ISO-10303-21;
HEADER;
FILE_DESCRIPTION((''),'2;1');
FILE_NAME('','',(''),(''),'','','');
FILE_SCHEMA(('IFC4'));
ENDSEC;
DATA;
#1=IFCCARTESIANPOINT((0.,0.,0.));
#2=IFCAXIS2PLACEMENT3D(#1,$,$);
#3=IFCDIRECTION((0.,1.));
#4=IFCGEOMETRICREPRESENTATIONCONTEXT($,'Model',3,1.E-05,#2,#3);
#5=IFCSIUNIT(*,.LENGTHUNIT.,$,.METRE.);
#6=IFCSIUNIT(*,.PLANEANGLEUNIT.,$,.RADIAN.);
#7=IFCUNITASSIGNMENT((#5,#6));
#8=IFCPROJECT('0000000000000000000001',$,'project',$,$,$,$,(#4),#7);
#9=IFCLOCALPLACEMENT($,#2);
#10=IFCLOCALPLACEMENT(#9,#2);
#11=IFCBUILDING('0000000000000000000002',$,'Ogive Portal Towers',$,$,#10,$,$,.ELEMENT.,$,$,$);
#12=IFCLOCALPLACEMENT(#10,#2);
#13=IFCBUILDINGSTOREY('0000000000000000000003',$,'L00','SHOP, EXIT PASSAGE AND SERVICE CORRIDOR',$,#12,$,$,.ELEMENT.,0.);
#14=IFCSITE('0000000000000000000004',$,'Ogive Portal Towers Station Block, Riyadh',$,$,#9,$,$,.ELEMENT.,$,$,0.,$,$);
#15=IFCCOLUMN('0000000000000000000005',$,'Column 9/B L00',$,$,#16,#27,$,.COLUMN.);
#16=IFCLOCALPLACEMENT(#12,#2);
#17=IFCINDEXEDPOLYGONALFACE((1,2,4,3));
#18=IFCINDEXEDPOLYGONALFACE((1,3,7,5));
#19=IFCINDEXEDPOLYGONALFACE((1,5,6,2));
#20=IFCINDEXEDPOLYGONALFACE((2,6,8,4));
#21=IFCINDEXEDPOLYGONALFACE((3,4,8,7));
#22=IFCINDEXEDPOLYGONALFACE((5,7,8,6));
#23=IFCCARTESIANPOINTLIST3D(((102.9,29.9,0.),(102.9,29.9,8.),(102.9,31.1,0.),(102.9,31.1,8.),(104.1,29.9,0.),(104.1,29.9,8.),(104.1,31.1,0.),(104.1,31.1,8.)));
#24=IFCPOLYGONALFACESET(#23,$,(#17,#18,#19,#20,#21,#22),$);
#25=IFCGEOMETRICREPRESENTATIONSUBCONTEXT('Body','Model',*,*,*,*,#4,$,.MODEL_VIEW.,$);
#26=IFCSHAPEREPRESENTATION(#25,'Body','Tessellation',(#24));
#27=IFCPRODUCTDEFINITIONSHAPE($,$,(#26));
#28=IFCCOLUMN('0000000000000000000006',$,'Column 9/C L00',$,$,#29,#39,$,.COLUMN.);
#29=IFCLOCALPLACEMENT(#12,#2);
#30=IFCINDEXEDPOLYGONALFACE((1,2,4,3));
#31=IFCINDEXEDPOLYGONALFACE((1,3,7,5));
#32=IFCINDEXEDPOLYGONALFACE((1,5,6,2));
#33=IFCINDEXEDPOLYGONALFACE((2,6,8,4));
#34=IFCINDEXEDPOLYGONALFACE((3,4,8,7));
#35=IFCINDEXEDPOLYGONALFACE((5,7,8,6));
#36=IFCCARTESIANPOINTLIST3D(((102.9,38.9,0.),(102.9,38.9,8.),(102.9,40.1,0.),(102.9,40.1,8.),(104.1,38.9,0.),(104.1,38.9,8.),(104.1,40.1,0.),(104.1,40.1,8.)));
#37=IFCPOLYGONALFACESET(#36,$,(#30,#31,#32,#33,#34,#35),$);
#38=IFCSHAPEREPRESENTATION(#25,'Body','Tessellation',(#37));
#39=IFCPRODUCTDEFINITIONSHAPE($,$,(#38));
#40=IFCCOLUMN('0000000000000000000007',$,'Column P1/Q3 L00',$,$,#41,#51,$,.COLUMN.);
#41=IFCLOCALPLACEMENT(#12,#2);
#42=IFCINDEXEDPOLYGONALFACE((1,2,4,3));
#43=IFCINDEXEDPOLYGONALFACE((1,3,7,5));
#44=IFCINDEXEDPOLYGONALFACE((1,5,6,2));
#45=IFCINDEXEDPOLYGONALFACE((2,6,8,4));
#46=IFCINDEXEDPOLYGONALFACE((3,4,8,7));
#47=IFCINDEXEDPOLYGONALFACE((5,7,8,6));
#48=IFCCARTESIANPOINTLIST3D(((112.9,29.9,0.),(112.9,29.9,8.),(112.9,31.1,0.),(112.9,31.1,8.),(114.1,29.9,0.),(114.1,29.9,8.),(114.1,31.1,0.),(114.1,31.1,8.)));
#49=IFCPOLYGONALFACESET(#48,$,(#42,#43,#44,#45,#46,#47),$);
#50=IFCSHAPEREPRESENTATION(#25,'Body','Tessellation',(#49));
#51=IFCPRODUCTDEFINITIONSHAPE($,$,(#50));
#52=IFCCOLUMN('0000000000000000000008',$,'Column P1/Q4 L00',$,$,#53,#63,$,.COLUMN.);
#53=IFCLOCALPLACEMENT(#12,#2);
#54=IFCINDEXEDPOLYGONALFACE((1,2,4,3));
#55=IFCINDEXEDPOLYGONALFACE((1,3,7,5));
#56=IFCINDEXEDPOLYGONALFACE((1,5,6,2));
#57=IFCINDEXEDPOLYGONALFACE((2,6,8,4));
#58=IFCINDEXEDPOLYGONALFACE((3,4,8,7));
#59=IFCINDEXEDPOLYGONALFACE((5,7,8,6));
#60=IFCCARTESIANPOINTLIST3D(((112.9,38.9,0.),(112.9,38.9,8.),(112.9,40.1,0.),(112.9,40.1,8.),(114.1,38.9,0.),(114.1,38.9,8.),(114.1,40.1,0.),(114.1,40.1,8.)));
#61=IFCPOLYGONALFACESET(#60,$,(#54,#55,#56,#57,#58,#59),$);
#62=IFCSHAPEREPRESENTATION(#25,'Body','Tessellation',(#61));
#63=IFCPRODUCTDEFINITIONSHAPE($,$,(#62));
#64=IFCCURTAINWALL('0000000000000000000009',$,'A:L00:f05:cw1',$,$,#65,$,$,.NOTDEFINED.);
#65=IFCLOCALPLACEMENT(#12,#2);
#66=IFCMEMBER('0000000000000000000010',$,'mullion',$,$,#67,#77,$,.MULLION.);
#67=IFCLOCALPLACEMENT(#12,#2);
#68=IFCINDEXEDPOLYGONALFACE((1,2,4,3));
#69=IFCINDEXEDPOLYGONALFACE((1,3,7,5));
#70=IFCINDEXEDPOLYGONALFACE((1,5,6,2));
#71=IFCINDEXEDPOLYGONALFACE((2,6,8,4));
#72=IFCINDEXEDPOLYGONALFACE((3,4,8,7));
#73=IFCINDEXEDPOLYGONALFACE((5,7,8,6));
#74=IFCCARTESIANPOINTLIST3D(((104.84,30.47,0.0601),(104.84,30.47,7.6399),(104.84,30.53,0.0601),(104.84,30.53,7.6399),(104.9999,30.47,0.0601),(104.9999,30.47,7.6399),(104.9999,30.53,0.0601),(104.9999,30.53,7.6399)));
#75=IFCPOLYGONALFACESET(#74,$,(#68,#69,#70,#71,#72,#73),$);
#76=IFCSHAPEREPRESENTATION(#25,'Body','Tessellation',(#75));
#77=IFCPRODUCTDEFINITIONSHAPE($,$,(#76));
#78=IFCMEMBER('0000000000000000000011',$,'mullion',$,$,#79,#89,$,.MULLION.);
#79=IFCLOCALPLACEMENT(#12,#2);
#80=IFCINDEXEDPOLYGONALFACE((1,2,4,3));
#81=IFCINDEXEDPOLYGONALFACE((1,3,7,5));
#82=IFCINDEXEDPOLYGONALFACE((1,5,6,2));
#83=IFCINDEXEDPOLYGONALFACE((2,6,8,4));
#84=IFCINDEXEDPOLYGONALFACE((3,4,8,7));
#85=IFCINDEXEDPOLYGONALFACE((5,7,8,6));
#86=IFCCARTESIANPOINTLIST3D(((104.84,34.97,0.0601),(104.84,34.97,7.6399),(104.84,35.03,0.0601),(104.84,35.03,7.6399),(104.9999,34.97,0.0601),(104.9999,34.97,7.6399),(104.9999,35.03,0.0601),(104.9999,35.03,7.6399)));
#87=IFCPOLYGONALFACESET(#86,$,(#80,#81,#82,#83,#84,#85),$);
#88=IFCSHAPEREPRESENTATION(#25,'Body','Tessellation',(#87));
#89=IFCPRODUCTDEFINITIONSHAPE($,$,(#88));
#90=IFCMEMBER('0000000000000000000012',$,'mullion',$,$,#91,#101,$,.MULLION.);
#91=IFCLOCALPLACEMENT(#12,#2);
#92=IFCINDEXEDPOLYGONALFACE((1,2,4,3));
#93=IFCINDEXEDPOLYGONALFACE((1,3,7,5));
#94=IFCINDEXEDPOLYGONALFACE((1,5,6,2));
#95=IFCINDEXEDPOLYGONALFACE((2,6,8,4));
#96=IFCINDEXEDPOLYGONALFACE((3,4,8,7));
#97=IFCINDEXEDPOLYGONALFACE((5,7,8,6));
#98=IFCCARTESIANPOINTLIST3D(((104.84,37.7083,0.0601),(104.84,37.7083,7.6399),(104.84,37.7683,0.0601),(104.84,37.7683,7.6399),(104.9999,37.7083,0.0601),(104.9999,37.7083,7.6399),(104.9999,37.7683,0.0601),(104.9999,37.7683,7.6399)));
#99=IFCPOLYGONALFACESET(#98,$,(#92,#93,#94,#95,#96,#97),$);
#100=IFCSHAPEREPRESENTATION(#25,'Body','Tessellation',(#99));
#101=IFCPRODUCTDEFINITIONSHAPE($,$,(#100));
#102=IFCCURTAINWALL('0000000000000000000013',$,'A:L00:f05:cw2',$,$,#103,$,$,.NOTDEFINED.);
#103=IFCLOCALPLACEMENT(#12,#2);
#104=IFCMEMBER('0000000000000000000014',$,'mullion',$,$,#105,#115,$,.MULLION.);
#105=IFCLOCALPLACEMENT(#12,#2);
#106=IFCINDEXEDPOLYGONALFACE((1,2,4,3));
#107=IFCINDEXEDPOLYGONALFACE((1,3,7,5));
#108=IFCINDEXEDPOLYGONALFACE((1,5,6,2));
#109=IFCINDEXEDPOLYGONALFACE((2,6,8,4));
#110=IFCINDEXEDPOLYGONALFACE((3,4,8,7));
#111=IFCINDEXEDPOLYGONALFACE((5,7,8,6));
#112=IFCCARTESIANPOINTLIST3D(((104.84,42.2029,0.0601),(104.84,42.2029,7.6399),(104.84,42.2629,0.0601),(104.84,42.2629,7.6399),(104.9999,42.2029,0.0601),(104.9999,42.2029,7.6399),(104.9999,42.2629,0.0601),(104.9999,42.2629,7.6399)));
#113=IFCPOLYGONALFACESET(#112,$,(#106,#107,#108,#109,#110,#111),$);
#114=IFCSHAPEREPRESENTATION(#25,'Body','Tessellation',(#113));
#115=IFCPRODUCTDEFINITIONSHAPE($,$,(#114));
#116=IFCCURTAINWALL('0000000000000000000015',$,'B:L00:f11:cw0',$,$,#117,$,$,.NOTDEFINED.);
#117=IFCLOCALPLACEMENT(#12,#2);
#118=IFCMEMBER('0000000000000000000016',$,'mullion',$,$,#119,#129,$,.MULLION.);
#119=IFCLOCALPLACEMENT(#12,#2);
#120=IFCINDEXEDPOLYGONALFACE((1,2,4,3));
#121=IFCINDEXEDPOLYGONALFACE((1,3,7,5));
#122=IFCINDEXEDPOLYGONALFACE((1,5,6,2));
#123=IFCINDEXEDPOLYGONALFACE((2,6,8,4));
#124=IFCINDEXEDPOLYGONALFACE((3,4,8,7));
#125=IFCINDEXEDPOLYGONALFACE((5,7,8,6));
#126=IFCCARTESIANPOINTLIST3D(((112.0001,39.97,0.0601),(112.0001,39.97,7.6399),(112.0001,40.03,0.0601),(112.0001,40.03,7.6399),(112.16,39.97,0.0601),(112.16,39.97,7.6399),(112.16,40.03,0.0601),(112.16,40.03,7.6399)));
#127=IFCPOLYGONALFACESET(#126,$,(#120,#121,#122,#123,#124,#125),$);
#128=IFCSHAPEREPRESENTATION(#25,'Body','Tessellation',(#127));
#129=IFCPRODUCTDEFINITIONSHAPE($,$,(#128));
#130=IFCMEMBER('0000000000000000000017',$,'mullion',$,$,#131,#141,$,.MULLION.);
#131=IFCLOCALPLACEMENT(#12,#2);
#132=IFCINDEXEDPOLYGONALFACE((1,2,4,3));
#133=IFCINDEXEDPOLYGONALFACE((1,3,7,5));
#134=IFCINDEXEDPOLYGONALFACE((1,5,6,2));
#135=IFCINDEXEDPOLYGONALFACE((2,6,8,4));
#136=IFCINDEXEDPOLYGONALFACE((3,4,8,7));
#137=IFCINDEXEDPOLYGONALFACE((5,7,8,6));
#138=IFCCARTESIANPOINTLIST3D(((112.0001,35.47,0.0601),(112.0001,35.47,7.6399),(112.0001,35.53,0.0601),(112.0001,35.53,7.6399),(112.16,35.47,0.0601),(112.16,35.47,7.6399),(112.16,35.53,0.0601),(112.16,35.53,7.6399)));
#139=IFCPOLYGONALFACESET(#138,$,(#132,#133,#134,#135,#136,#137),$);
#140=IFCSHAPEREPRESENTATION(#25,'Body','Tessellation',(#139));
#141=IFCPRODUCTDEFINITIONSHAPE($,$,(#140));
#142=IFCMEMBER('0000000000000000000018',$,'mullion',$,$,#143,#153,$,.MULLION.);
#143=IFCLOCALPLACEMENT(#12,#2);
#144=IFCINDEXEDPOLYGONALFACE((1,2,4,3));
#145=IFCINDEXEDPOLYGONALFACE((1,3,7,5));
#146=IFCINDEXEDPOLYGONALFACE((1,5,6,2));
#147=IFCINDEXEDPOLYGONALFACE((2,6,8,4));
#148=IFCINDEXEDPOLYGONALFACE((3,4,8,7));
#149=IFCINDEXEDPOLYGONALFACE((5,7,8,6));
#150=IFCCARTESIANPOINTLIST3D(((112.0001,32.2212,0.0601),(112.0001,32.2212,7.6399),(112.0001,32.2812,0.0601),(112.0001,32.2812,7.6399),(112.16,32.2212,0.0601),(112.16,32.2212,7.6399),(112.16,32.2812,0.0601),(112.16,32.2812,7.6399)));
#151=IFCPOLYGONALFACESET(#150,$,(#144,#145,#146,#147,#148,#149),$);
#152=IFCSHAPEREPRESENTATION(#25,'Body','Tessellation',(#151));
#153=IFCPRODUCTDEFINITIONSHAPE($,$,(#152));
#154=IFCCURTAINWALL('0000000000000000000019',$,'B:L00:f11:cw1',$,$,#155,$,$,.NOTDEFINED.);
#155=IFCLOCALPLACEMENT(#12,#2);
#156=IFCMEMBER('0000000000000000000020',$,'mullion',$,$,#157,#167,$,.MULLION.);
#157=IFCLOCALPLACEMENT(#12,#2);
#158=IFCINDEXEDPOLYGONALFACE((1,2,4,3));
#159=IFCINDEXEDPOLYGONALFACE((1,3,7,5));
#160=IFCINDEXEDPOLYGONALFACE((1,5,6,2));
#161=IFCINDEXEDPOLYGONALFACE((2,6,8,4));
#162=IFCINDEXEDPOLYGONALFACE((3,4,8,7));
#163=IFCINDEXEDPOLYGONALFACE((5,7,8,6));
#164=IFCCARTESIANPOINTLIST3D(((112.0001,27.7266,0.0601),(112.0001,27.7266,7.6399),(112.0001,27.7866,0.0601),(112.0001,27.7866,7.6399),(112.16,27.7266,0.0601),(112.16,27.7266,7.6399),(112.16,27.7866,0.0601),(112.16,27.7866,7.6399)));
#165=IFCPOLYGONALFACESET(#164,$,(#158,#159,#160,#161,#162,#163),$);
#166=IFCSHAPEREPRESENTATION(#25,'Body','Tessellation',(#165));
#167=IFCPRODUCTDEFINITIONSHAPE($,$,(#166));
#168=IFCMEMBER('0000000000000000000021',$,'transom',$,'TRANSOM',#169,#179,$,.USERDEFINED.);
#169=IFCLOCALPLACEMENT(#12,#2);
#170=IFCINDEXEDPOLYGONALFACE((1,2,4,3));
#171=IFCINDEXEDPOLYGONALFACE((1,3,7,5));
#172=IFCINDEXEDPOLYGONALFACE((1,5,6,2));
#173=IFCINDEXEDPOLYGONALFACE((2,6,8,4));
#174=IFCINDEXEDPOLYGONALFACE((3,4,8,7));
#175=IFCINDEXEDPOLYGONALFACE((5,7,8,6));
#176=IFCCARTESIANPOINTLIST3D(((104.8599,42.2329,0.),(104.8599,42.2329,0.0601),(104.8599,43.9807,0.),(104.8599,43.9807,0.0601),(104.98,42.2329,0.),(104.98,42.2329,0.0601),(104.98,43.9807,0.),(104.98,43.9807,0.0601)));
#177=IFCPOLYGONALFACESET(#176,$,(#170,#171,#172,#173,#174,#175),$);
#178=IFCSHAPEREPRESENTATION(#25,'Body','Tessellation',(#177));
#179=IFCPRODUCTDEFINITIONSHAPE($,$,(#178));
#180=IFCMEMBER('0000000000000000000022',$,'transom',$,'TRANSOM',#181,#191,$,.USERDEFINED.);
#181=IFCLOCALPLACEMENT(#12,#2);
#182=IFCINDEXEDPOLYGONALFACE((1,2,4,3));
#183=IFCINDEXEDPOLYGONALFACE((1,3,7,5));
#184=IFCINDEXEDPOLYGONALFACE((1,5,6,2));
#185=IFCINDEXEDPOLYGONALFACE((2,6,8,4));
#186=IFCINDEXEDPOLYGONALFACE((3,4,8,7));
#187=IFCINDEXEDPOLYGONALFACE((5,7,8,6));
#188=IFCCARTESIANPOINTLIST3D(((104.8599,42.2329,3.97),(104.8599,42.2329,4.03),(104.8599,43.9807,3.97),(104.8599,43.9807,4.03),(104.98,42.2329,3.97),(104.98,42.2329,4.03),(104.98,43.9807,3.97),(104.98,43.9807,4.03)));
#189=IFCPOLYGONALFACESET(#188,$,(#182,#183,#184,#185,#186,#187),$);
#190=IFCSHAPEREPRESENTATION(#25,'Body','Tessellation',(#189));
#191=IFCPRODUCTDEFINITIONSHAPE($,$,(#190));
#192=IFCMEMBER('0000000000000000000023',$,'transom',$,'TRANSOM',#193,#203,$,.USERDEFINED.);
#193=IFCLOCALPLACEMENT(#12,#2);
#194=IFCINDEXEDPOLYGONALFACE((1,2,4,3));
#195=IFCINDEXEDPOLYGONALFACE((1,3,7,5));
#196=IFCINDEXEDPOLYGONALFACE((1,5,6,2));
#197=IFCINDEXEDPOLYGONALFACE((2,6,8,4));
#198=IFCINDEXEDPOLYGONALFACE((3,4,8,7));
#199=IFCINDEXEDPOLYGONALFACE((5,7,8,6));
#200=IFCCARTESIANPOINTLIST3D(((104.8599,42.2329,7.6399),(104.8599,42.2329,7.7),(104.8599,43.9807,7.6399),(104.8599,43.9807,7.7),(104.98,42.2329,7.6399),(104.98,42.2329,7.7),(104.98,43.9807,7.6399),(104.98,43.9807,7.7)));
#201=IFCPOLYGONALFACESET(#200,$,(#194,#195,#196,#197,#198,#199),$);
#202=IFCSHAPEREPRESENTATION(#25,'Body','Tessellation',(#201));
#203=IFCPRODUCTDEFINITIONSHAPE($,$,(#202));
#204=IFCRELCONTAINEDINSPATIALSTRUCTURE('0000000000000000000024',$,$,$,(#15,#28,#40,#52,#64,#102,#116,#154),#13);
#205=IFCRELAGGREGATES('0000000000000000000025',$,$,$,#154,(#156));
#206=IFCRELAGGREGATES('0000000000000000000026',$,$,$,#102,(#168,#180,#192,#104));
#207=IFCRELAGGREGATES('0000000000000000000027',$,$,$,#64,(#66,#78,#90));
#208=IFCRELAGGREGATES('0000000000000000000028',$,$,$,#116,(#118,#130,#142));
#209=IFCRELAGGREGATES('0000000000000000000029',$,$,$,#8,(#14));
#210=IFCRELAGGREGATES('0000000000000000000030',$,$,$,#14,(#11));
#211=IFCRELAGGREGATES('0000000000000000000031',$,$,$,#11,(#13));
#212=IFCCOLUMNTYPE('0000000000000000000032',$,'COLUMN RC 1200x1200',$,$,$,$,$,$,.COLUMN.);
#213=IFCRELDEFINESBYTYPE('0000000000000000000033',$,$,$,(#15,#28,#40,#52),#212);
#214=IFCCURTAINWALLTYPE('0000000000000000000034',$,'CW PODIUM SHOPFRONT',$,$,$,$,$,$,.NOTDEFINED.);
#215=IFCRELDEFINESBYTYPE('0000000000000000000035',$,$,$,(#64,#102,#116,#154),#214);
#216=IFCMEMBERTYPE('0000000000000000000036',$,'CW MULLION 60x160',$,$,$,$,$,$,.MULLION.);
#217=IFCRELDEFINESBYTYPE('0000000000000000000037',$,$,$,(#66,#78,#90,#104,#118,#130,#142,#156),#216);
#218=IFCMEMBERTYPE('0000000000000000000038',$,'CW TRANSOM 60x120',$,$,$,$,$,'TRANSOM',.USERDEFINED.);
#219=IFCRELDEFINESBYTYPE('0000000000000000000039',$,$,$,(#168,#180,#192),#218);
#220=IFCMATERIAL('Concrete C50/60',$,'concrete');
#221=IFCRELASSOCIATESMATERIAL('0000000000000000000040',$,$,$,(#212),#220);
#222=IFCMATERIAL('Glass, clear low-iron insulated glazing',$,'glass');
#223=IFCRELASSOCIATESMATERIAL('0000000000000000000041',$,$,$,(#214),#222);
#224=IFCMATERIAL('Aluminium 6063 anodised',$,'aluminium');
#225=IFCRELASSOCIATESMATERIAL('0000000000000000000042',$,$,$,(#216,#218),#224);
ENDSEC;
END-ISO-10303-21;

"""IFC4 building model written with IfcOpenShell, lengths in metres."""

from ifc_helpers import new_model, si_unit, direction, frame, origin, origin_2d, place, context, subcontext, project, spatial, rectangle, extrude, material, material_profile, profile_set, type_object, element, aggregate, save


model = new_model("IFC4")

# Units and contexts
model_context = context("Model", 3, precision=1e-05, world=origin(), true_north=direction((0.0, 1.0)))
body_context = subcontext(model_context, "Body", "Model", "MODEL_VIEW")
ifc_project = project(units=[si_unit("LENGTHUNIT", "METRE"), si_unit("PLANEANGLEUNIT", "RADIAN")], contexts=[model_context])

# Site, building, storey
site_placement = place(None, origin())
site = spatial("IfcSite", under=ifc_project, at=site_placement, Name="Ogive Portal Towers Station Block, Riyadh", CompositionType="ELEMENT", RefElevation=0.0)
building_placement = place(site_placement, origin())
building = spatial("IfcBuilding", under=site, at=building_placement, Name="Ogive Portal Towers", CompositionType="ELEMENT")
storey_placement = place(building_placement, origin())
storey = spatial("IfcBuildingStorey", under=building, at=storey_placement, Name="L00", Description="SHOP, EXIT PASSAGE AND SERVICE CORRIDOR", CompositionType="ELEMENT", Elevation=0.0)

# Columns
ifc_material_1 = material(Name="Concrete C50/60", Category="concrete")
ifc_material_profile_1 = material_profile(ifc_material_1, rectangle(XDim=1.2, YDim=1.2, at=origin_2d()), Name="RC 1200x1200")
ifc_profile_set_1 = profile_set([ifc_material_profile_1], Name="Concrete C50/60")
column_type = type_object("IfcColumnType", Name="COLUMN RC 1200x1200", PredefinedType="COLUMN", material=ifc_profile_set_1)
for number, where, z_axis, x_axis, name in (
    (1, (103.5, 30.5, 0.0), (0.0, 0.0, 1.0), (1.0, 0.0, 0.0), "Column 9/B L00"),
    (2, (103.5, 39.5, 0.0), (0.0, 0.0, 1.0), (1.0, 0.0, 0.0), "Column 9/C L00"),
    (3, (113.5, 30.5, 0.0), (0.0, 0.0, 1.0), (1.0, 0.0, 0.0), "Column P1/Q3 L00"),
    (4, (113.5, 39.5, 0.0), (0.0, 0.0, 1.0), (1.0, 0.0, 0.0), "Column P1/Q4 L00"),
):
    element("IfcColumn", number, at=place(storey_placement, frame(where, z_axis=z_axis, x_axis=x_axis)), inside=storey, type_object=column_type, Name=name, PredefinedType="COLUMN", context=body_context, shape_type="SweptSolid", body=[
        extrude(rectangle(XDim=1.2, YDim=1.2, at=origin_2d()), origin(), (0.0, 0.0, 1.0), 8.0),
    ])

# Curtain wall, members
ifc_material_2 = material(Name="Glass, clear low-iron insulated glazing", Category="glass")
curtain_wall_type = type_object("IfcCurtainWallType", Name="CW PODIUM SHOPFRONT", PredefinedType="NOTDEFINED", material=ifc_material_2)
curtain_wall_1_placement = place(storey_placement, origin())
curtain_wall_1 = element("IfcCurtainWall", 5, at=curtain_wall_1_placement, inside=storey, type_object=curtain_wall_type, Name="A:L00:f05:cw1", PredefinedType="NOTDEFINED")
ifc_material_3 = material(Name="Aluminium 6063 anodised", Category="aluminium")
ifc_material_profile_2 = material_profile(ifc_material_3, rectangle(XDim=0.1599, YDim=0.0601, at=origin_2d()), Name="AL 60x160")
ifc_profile_set_2 = profile_set([ifc_material_profile_2], Name="Aluminium 6063 anodised")
member_type_1 = type_object("IfcMemberType", Name="CW MULLION 60x160", PredefinedType="MULLION", material=ifc_profile_set_2)
member_1_placement = place(storey_placement, frame((104.9199, 30.5, 0.0601), z_axis=(0.0, 0.0, 1.0), x_axis=(-1.0, 0.0, 0.0)))
member_1 = element("IfcMember", 6, at=member_1_placement, type_object=member_type_1, Name="mullion", PredefinedType="MULLION", context=body_context, shape_type="SweptSolid", body=[
    extrude(rectangle(XDim=0.1599, YDim=0.0601, at=origin_2d()), origin(), (0.0, 0.0, 1.0), 7.5798),
])
member_2_placement = place(storey_placement, frame((104.9199, 35.0, 0.0601), z_axis=(0.0, 0.0, 1.0), x_axis=(-1.0, 0.0, 0.0)))
member_2 = element("IfcMember", 7, at=member_2_placement, type_object=member_type_1, Name="mullion", PredefinedType="MULLION", context=body_context, shape_type="SweptSolid", body=[
    extrude(rectangle(XDim=0.1599, YDim=0.0601, at=origin_2d()), origin(), (0.0, 0.0, 1.0), 7.5798),
])
member_3_placement = place(storey_placement, frame((104.9199, 37.7383, 0.0601), z_axis=(0.0, 0.0, 1.0), x_axis=(-1.0, 0.0, 0.0)))
member_3 = element("IfcMember", 8, at=member_3_placement, type_object=member_type_1, Name="mullion", PredefinedType="MULLION", context=body_context, shape_type="SweptSolid", body=[
    extrude(rectangle(XDim=0.1599, YDim=0.0601, at=origin_2d()), origin(), (0.0, 0.0, 1.0), 7.5798),
])

# Curtain wall, member
curtain_wall_2_placement = place(storey_placement, origin())
curtain_wall_2 = element("IfcCurtainWall", 9, at=curtain_wall_2_placement, inside=storey, type_object=curtain_wall_type, Name="A:L00:f05:cw2", PredefinedType="NOTDEFINED")
member_4_placement = place(storey_placement, frame((104.9199, 42.2329, 0.0601), z_axis=(0.0, 0.0, 1.0), x_axis=(-1.0, 0.0, 0.0)))
member_4 = element("IfcMember", 10, at=member_4_placement, type_object=member_type_1, Name="mullion", PredefinedType="MULLION", context=body_context, shape_type="SweptSolid", body=[
    extrude(rectangle(XDim=0.1599, YDim=0.0601, at=origin_2d()), origin(), (0.0, 0.0, 1.0), 7.5798),
])

# Curtain wall, members
curtain_wall_3_placement = place(storey_placement, origin())
curtain_wall_3 = element("IfcCurtainWall", 11, at=curtain_wall_3_placement, inside=storey, type_object=curtain_wall_type, Name="B:L00:f11:cw0", PredefinedType="NOTDEFINED")
member_5_placement = place(storey_placement, frame((112.0801, 40.0, 0.0601), z_axis=(0.0, 0.0, 1.0), x_axis=(1.0, 0.0, 0.0)))
member_5 = element("IfcMember", 12, at=member_5_placement, type_object=member_type_1, Name="mullion", PredefinedType="MULLION", context=body_context, shape_type="SweptSolid", body=[
    extrude(rectangle(XDim=0.1599, YDim=0.0601, at=origin_2d()), origin(), (0.0, 0.0, 1.0), 7.5798),
])
member_6_placement = place(storey_placement, frame((112.0801, 35.5, 0.0601), z_axis=(0.0, 0.0, 1.0), x_axis=(1.0, 0.0, 0.0)))
member_6 = element("IfcMember", 13, at=member_6_placement, type_object=member_type_1, Name="mullion", PredefinedType="MULLION", context=body_context, shape_type="SweptSolid", body=[
    extrude(rectangle(XDim=0.1599, YDim=0.0601, at=origin_2d()), origin(), (0.0, 0.0, 1.0), 7.5798),
])
member_7_placement = place(storey_placement, frame((112.0801, 32.2512, 0.0601), z_axis=(0.0, 0.0, 1.0), x_axis=(1.0, 0.0, 0.0)))
member_7 = element("IfcMember", 14, at=member_7_placement, type_object=member_type_1, Name="mullion", PredefinedType="MULLION", context=body_context, shape_type="SweptSolid", body=[
    extrude(rectangle(XDim=0.1599, YDim=0.0601, at=origin_2d()), origin(), (0.0, 0.0, 1.0), 7.5798),
])

# Curtain wall, member
curtain_wall_4_placement = place(storey_placement, origin())
curtain_wall_4 = element("IfcCurtainWall", 15, at=curtain_wall_4_placement, inside=storey, type_object=curtain_wall_type, Name="B:L00:f11:cw1", PredefinedType="NOTDEFINED")
member_8_placement = place(storey_placement, frame((112.0801, 27.7566, 0.0601), z_axis=(0.0, 0.0, 1.0), x_axis=(1.0, 0.0, 0.0)))
member_8 = element("IfcMember", 16, at=member_8_placement, type_object=member_type_1, Name="mullion", PredefinedType="MULLION", context=body_context, shape_type="SweptSolid", body=[
    extrude(rectangle(XDim=0.1599, YDim=0.0601, at=origin_2d()), origin(), (0.0, 0.0, 1.0), 7.5798),
])
aggregate(curtain_wall_4, [member_8])

# Members
ifc_material_profile_3 = material_profile(ifc_material_3, rectangle(XDim=0.1201, YDim=0.0601, at=origin_2d()), Name="AL 120x60")
ifc_profile_set_3 = profile_set([ifc_material_profile_3], Name="Aluminium 6063 anodised")
member_type_2 = type_object("IfcMemberType", Name="CW TRANSOM 60x120", ElementType="TRANSOM", PredefinedType="USERDEFINED", material=ifc_profile_set_3)
member_9_placement = place(storey_placement, frame((104.9199, 42.2329, 0.03), z_axis=(0.0, 1.0, 0.0), x_axis=(-1.0, 0.0, 0.0)))
member_9 = element("IfcMember", 17, at=member_9_placement, type_object=member_type_2, Name="transom", ObjectType="TRANSOM", PredefinedType="USERDEFINED", context=body_context, shape_type="SweptSolid", body=[
    extrude(rectangle(XDim=0.1201, YDim=0.0601, at=origin_2d()), origin(), (0.0, 0.0, 1.0), 1.7478),
])
member_10_placement = place(storey_placement, frame((104.9199, 42.2329, 4.0), z_axis=(0.0, 1.0, 0.0), x_axis=(-1.0, 0.0, 0.0)))
member_10 = element("IfcMember", 18, at=member_10_placement, type_object=member_type_2, Name="transom", ObjectType="TRANSOM", PredefinedType="USERDEFINED", context=body_context, shape_type="SweptSolid", body=[
    extrude(rectangle(XDim=0.1201, YDim=0.0601, at=origin_2d()), origin(), (0.0, 0.0, 1.0), 1.7478),
])
member_11_placement = place(storey_placement, frame((104.9199, 42.2329, 7.6699), z_axis=(0.0, 1.0, 0.0), x_axis=(-1.0, 0.0, 0.0)))
member_11 = element("IfcMember", 19, at=member_11_placement, type_object=member_type_2, Name="transom", ObjectType="TRANSOM", PredefinedType="USERDEFINED", context=body_context, shape_type="SweptSolid", body=[
    extrude(rectangle(XDim=0.1201, YDim=0.0601, at=origin_2d()), origin(), (0.0, 0.0, 1.0), 1.7478),
])
aggregate(curtain_wall_2, [member_9, member_10, member_11, member_4])

aggregate(curtain_wall_1, [member_1, member_2, member_3])
aggregate(curtain_wall_3, [member_5, member_6, member_7])

save(model, "model.ifc")
